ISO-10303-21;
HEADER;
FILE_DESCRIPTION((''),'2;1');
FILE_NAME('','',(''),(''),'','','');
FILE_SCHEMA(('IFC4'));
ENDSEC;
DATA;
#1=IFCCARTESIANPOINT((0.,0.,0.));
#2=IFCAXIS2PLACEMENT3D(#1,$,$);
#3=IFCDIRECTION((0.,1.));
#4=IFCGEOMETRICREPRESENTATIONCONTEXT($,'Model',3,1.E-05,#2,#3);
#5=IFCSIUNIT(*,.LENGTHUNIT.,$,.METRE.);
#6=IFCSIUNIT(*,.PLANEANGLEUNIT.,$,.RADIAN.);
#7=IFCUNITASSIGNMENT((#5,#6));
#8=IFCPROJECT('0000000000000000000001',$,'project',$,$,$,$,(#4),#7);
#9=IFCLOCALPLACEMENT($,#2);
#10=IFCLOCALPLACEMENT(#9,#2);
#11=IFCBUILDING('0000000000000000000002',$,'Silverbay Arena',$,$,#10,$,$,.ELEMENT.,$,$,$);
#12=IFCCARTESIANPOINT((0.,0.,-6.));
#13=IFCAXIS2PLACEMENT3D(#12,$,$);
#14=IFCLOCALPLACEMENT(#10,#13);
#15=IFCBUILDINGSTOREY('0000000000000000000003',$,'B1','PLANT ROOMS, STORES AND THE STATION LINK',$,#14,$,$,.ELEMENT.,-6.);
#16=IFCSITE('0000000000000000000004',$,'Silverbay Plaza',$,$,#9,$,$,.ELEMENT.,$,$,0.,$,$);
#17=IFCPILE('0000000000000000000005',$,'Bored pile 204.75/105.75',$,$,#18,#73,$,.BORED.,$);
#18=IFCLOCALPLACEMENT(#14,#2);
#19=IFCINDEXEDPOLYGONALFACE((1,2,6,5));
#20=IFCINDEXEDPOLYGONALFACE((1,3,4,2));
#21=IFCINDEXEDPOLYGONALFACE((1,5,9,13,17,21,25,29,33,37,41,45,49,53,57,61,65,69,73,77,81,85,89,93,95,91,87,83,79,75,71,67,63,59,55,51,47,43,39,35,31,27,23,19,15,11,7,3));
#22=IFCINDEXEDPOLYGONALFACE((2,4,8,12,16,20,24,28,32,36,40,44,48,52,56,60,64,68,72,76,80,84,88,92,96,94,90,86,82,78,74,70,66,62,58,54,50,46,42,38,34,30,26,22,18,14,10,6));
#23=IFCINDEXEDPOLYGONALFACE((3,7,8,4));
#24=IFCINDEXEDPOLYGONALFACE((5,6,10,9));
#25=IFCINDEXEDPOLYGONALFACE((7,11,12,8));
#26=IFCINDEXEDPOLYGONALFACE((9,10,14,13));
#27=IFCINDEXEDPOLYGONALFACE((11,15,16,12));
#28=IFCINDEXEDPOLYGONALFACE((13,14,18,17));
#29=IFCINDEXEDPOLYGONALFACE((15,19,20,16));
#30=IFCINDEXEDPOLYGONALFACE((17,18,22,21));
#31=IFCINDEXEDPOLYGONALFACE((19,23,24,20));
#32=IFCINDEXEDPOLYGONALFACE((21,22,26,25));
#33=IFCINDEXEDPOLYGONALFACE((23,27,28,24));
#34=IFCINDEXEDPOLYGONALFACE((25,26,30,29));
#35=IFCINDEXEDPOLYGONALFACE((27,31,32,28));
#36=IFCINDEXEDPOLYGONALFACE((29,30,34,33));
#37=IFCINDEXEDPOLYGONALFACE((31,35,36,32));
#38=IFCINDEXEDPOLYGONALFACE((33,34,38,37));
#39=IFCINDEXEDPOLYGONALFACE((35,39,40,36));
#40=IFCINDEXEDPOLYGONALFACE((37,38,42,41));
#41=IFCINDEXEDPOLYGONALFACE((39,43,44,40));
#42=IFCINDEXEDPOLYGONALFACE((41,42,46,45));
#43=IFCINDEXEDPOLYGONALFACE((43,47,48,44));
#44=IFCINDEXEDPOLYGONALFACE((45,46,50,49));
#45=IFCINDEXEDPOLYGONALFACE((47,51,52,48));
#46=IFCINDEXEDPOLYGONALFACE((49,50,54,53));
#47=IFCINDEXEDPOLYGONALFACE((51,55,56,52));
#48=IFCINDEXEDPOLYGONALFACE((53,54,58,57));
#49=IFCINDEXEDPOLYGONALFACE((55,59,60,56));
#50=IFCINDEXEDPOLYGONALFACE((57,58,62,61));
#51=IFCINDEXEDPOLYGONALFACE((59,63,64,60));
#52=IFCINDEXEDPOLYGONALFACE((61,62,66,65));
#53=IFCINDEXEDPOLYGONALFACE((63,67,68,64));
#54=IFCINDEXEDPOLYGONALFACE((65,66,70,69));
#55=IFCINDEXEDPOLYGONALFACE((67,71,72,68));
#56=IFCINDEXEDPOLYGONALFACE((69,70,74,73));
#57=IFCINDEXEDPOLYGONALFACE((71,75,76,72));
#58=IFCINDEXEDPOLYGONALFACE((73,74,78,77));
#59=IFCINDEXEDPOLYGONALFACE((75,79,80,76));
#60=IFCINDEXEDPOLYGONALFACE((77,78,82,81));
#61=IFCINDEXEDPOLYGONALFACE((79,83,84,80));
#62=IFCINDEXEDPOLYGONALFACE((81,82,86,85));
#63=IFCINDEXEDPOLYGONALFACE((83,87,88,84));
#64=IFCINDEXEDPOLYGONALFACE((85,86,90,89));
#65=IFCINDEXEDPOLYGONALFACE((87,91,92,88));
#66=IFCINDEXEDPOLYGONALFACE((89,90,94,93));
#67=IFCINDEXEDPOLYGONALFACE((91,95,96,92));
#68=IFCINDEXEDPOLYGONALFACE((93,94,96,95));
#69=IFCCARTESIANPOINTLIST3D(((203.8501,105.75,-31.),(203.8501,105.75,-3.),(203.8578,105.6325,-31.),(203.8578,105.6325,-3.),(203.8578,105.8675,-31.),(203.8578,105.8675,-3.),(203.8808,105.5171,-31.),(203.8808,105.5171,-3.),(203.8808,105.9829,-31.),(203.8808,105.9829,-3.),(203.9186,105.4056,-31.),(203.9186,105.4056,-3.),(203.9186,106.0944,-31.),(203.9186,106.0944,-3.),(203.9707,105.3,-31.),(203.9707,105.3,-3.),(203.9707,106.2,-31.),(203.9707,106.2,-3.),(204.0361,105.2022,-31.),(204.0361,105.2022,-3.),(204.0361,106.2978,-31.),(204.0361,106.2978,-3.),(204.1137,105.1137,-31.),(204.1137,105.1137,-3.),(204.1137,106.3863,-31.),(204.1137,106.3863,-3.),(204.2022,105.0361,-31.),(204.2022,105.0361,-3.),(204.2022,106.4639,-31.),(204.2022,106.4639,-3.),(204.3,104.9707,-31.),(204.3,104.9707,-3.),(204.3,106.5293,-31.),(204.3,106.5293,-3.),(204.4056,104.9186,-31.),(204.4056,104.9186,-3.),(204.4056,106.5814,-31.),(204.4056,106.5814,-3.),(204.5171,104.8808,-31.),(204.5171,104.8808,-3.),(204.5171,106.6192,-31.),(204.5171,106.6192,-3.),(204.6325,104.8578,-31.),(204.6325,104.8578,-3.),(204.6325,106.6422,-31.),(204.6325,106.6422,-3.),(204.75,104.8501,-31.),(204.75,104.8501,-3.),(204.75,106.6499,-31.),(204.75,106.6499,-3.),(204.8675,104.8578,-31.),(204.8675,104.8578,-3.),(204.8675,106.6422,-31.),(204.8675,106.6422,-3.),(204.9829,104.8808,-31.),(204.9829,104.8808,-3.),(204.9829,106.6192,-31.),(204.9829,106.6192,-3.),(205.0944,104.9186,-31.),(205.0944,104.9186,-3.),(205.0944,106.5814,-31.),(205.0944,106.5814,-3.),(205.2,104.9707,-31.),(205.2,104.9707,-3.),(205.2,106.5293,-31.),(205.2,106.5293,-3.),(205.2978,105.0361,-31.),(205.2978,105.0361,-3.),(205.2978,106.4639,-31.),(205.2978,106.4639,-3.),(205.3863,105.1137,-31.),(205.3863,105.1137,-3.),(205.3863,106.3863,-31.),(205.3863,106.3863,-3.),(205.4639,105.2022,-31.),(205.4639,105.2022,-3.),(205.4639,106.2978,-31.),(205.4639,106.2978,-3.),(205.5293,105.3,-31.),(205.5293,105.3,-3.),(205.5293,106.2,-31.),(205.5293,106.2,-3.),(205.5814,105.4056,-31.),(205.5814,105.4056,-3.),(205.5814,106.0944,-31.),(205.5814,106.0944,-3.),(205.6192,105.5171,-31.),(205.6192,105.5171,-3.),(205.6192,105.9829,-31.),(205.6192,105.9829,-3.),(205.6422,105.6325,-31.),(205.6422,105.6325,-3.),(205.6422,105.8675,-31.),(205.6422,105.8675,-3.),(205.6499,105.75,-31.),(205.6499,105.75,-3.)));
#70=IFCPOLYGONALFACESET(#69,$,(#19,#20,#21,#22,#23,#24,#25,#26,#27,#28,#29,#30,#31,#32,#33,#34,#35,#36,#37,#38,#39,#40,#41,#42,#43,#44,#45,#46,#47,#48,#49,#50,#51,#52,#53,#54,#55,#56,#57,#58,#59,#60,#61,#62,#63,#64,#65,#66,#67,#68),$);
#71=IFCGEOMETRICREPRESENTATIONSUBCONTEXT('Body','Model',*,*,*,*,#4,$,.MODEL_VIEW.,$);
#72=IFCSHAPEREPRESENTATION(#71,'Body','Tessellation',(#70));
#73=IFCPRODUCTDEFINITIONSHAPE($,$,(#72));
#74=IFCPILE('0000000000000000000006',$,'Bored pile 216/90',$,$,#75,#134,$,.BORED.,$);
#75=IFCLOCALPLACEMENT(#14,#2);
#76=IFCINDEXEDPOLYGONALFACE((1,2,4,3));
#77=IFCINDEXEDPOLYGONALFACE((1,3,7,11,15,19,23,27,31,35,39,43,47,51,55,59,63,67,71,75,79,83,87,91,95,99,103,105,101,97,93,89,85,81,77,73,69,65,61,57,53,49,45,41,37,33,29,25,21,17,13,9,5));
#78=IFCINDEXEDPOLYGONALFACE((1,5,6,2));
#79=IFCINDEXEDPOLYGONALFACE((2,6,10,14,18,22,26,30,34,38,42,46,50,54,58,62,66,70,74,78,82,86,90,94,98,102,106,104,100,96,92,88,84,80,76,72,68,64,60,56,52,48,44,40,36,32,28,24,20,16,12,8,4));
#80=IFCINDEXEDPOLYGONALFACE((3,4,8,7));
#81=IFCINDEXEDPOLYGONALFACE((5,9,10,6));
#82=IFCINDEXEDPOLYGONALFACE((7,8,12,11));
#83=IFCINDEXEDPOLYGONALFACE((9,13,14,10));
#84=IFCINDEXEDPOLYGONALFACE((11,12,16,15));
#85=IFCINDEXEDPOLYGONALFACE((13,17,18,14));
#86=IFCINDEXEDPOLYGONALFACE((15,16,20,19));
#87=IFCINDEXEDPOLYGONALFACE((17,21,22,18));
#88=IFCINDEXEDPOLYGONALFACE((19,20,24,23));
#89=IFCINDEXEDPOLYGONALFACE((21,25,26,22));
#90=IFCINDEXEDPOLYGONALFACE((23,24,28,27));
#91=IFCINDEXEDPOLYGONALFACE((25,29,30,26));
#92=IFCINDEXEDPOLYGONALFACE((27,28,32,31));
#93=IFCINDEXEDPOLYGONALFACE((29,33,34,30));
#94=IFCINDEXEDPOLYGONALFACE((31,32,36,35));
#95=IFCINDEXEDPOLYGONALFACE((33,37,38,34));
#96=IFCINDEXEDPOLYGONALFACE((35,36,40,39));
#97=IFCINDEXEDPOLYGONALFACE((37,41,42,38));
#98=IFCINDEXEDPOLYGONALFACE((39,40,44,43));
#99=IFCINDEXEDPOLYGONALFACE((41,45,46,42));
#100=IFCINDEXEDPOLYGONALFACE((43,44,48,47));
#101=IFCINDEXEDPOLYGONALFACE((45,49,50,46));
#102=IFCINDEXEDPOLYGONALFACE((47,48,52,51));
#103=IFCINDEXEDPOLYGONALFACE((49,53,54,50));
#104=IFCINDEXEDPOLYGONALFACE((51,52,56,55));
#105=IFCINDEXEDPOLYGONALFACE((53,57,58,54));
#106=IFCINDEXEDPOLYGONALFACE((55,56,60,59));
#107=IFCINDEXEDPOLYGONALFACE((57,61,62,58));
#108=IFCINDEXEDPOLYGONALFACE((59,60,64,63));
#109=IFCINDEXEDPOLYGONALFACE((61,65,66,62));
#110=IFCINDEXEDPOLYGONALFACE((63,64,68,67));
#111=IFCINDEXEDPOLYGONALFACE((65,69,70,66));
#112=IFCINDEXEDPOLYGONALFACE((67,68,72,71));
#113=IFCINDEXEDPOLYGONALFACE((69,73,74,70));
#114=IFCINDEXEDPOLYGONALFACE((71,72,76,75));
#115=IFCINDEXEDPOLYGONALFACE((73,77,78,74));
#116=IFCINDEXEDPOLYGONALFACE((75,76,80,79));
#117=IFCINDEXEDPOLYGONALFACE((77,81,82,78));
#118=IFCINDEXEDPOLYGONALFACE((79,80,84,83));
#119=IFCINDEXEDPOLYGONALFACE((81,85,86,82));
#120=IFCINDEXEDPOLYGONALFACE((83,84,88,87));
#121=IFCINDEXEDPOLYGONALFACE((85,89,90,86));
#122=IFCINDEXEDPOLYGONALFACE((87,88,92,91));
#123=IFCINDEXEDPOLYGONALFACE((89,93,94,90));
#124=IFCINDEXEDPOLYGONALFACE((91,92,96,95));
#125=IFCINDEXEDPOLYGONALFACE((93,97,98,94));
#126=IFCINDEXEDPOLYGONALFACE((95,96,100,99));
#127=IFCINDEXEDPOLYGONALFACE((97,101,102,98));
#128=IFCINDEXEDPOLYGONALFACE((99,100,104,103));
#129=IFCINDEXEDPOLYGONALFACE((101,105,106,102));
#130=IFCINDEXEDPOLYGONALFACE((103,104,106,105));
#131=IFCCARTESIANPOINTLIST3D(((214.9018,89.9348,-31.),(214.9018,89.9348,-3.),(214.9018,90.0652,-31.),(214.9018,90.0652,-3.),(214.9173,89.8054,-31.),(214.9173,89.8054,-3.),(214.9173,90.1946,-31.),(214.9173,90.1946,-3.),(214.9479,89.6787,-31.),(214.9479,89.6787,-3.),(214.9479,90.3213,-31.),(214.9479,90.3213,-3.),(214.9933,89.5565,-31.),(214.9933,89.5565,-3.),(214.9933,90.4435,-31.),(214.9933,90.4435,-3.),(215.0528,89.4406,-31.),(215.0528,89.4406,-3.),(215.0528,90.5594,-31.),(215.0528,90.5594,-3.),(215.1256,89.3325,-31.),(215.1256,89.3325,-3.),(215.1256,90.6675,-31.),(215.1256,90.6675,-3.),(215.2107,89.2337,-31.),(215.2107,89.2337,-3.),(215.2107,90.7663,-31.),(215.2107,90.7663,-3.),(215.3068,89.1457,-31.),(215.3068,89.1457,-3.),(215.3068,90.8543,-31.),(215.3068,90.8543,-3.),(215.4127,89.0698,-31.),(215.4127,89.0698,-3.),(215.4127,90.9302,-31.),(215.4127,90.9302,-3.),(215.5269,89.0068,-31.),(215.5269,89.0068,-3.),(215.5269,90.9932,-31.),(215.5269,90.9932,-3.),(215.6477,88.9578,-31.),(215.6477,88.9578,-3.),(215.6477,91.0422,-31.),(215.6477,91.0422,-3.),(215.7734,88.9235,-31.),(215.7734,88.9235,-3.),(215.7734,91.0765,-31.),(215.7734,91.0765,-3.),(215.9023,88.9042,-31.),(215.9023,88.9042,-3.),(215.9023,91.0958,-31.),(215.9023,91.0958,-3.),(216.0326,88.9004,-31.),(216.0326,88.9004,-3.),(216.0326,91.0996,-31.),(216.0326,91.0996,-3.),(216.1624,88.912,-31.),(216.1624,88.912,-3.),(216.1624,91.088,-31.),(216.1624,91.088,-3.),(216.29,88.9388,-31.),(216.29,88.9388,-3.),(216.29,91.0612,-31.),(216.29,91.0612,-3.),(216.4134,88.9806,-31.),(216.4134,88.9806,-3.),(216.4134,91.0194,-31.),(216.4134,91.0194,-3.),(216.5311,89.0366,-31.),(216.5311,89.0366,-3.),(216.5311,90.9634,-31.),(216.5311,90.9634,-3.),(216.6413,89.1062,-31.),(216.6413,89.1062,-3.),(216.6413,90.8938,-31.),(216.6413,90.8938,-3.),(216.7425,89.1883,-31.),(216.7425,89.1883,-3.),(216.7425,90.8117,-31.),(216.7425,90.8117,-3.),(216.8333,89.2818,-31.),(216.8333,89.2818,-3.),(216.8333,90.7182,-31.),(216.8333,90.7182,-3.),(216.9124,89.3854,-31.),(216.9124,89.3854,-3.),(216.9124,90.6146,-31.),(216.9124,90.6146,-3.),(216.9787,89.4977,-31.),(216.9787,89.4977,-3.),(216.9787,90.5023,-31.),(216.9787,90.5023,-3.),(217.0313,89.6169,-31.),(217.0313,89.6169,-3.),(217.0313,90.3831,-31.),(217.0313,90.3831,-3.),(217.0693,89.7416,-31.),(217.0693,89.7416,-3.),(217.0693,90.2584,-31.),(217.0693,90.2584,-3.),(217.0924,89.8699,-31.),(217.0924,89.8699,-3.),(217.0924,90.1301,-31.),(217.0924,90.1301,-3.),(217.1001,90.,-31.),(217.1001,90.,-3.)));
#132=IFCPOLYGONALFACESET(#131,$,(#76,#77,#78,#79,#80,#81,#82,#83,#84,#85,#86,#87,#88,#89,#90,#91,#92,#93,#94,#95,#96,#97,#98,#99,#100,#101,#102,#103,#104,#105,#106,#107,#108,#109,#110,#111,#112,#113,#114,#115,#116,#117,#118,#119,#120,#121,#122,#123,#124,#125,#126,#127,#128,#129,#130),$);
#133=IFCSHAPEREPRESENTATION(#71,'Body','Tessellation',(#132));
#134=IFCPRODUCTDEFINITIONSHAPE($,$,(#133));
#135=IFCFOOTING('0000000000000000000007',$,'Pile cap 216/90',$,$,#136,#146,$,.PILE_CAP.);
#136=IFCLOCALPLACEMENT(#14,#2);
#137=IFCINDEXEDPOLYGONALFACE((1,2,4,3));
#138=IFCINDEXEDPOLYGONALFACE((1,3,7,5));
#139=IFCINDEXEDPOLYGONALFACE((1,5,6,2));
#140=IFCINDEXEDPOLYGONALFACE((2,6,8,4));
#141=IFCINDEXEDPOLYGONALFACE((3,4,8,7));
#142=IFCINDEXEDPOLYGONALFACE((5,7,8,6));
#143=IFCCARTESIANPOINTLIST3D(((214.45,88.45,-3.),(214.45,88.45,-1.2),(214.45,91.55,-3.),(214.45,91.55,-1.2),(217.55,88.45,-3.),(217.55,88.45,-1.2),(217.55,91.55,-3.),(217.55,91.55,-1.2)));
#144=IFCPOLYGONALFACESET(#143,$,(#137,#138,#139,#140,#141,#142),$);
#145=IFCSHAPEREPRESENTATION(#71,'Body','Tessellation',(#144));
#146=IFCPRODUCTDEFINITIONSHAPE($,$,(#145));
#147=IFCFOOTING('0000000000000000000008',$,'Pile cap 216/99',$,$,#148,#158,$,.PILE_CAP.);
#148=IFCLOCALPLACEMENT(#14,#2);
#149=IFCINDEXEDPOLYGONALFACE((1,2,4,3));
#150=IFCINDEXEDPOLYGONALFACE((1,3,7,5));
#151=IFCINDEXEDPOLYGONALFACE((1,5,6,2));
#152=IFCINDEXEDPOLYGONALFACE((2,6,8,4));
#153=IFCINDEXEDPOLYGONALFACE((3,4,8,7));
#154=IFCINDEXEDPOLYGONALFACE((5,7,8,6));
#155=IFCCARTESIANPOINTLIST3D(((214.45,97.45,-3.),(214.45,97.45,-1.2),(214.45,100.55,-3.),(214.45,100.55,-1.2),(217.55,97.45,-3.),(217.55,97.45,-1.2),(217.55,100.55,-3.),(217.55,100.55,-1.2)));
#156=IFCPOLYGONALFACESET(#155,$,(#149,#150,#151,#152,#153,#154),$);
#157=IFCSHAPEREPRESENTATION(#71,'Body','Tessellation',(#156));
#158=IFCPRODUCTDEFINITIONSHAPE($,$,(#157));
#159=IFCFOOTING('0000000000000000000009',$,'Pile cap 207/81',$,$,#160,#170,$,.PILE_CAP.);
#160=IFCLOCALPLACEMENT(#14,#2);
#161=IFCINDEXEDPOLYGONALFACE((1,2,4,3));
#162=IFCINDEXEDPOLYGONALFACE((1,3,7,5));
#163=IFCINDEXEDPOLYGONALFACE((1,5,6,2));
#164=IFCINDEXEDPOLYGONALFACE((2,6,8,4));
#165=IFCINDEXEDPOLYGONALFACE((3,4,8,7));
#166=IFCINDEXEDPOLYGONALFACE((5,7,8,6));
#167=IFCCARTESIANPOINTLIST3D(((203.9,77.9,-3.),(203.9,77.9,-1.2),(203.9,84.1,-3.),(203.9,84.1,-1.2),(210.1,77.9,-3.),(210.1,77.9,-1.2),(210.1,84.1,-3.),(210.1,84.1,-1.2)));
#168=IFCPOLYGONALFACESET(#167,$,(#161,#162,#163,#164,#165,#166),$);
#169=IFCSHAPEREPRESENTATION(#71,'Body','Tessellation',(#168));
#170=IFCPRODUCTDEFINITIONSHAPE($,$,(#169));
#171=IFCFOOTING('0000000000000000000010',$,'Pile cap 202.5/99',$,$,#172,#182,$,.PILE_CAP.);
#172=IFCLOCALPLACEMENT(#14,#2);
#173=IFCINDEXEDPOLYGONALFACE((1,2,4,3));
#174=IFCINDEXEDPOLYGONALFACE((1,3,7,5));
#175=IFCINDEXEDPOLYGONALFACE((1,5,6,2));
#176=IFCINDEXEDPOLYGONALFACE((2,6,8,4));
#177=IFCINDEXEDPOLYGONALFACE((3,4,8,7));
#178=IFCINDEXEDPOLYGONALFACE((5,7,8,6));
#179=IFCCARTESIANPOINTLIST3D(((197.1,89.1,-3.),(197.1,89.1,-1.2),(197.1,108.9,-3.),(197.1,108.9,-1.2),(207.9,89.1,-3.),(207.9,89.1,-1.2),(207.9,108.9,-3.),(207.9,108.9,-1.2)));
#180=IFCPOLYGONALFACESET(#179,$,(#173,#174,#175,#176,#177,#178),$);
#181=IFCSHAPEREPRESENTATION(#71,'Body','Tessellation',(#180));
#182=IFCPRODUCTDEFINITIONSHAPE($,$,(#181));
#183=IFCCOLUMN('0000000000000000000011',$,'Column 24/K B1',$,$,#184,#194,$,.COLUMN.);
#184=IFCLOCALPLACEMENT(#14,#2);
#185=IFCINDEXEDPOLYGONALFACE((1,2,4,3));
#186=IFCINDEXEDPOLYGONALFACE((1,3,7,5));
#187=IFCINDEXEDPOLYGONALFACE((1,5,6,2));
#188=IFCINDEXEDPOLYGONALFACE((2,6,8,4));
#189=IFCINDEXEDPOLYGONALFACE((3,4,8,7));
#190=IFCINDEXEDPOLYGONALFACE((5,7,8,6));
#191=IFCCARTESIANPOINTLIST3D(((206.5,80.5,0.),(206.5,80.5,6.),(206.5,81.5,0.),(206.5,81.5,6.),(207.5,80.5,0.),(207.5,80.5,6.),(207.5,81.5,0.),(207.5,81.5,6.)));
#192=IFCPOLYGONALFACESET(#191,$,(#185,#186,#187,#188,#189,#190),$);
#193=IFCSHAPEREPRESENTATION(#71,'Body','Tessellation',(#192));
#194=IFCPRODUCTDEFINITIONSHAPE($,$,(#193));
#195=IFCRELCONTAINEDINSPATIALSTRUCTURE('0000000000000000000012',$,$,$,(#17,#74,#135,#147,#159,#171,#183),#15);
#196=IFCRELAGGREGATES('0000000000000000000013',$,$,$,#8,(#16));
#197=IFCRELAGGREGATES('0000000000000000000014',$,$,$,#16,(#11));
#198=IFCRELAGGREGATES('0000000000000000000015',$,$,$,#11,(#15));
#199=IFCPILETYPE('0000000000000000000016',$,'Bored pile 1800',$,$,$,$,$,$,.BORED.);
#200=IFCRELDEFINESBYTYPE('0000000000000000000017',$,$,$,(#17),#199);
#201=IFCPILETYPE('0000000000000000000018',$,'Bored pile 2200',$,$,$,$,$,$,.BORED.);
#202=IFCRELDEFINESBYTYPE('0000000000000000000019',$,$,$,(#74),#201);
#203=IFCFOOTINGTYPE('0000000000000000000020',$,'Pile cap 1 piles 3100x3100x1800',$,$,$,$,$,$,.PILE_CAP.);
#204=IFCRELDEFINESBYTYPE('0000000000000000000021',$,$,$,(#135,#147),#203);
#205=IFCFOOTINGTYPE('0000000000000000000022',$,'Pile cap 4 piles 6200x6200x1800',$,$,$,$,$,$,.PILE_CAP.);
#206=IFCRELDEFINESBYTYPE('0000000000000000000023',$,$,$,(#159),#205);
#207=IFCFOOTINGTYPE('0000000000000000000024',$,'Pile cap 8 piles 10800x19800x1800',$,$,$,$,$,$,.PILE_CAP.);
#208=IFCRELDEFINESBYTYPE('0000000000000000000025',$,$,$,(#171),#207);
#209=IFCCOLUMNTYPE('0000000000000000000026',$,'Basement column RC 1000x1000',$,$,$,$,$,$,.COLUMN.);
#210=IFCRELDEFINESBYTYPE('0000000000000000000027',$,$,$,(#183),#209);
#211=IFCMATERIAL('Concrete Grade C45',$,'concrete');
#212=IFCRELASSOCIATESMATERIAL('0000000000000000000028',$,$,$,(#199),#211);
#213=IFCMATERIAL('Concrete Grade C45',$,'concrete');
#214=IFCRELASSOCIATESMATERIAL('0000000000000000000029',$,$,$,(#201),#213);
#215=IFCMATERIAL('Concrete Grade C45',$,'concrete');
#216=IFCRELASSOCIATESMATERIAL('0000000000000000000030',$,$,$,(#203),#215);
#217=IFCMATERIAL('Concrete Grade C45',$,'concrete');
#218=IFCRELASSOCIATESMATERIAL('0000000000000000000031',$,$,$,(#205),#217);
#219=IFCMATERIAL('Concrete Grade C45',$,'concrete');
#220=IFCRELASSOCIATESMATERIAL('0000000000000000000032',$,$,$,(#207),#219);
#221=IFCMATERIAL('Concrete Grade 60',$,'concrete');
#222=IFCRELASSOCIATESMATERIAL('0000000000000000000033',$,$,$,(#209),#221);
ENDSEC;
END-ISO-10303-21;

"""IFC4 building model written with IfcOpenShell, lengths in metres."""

from ifc_helpers import new_model, si_unit, direction, frame, origin, origin_2d, place, context, subcontext, project, spatial, rectangle, circle, extrude, material, material_profile, profile_set, type_object, element, save


model = new_model("IFC4")

# Units and contexts
model_context = context("Model", 3, precision=1e-05, world=origin(), true_north=direction((0.0, 1.0)))
body_context = subcontext(model_context, "Body", "Model", "MODEL_VIEW")
ifc_project = project(units=[si_unit("LENGTHUNIT", "METRE"), si_unit("PLANEANGLEUNIT", "RADIAN")], contexts=[model_context])

# Site, building, storey
site_placement = place(None, origin())
site = spatial("IfcSite", under=ifc_project, at=site_placement, Name="Silverbay Plaza", CompositionType="ELEMENT", RefElevation=0.0)
building_placement = place(site_placement, origin())
building = spatial("IfcBuilding", under=site, at=building_placement, Name="Silverbay Arena", CompositionType="ELEMENT")
storey_placement = place(building_placement, frame((0.0, 0.0, -6.0)))
storey = spatial("IfcBuildingStorey", under=building, at=storey_placement, Name="B1", Description="PLANT ROOMS, STORES AND THE STATION LINK", CompositionType="ELEMENT", Elevation=-6.0)

# Piles
ifc_material_1 = material(Name="Concrete Grade C45", Category="concrete")
ifc_material_profile_1 = material_profile(ifc_material_1, circle(Radius=0.8999, at=origin_2d()), Name="Bored pile 1800")
ifc_profile_set_1 = profile_set([ifc_material_profile_1], Name="Concrete Grade C45")
pile_type_1 = type_object("IfcPileType", Name="Bored pile 1800", PredefinedType="BORED", material=ifc_profile_set_1)
for number, where, z_axis, x_axis, name in (
    (1, (204.75, 105.75, -3.0), (0.0, 0.0, -1.0), (1.0, 0.0, 0.0), "Bored pile 204.75/105.75"),
):
    element("IfcPile", number, at=place(storey_placement, frame(where, z_axis=z_axis, x_axis=x_axis)), inside=storey, type_object=pile_type_1, Name=name, PredefinedType="BORED", context=body_context, shape_type="SweptSolid", body=[
        extrude(circle(Radius=0.8999, at=origin_2d()), origin(), (0.0, 0.0, 1.0), 28.0),
    ])
ifc_material_2 = material(Name="Concrete Grade C45", Category="concrete")
ifc_material_profile_2 = material_profile(ifc_material_2, circle(Radius=1.1001, at=origin_2d()), Name="Bored pile 2200")
ifc_profile_set_2 = profile_set([ifc_material_profile_2], Name="Concrete Grade C45")
pile_type_2 = type_object("IfcPileType", Name="Bored pile 2200", PredefinedType="BORED", material=ifc_profile_set_2)
pile_placement = place(storey_placement, frame((216.0, 90.0, -3.0), z_axis=(0.0, 0.0, -1.0), x_axis=(1.0, 0.0, 0.0)))
element("IfcPile", 2, at=pile_placement, inside=storey, type_object=pile_type_2, Name="Bored pile 216/90", PredefinedType="BORED", context=body_context, shape_type="SweptSolid", body=[
    extrude(circle(Radius=1.1001, at=origin_2d()), origin(), (0.0, 0.0, 1.0), 28.0),
])

# Footings
ifc_material_3 = material(Name="Concrete Grade C45", Category="concrete")
footing_type_1 = type_object("IfcFootingType", Name="Pile cap 1 piles 3100x3100x1800", PredefinedType="PILE_CAP", material=ifc_material_3)
for number, where, z_axis, x_axis, name in (
    (3, (216.0, 90.0, -3.0), (0.0, 0.0, 1.0), (1.0, 0.0, 0.0), "Pile cap 216/90"),
    (4, (216.0, 99.0, -3.0), (0.0, 0.0, 1.0), (1.0, 0.0, 0.0), "Pile cap 216/99"),
):
    element("IfcFooting", number, at=place(storey_placement, frame(where, z_axis=z_axis, x_axis=x_axis)), inside=storey, type_object=footing_type_1, Name=name, PredefinedType="PILE_CAP", context=body_context, shape_type="SweptSolid", body=[
        extrude(rectangle(XDim=3.1001, YDim=3.1001, at=origin_2d()), origin(), (0.0, 0.0, 1.0), 1.8),
    ])
ifc_material_4 = material(Name="Concrete Grade C45", Category="concrete")
footing_type_2 = type_object("IfcFootingType", Name="Pile cap 4 piles 6200x6200x1800", PredefinedType="PILE_CAP", material=ifc_material_4)
footing_1_placement = place(storey_placement, frame((207.0, 81.0, -3.0), z_axis=(0.0, 0.0, 1.0), x_axis=(1.0, 0.0, 0.0)))
element("IfcFooting", 5, at=footing_1_placement, inside=storey, type_object=footing_type_2, Name="Pile cap 207/81", PredefinedType="PILE_CAP", context=body_context, shape_type="SweptSolid", body=[
    extrude(rectangle(XDim=6.2, YDim=6.2, at=origin_2d()), origin(), (0.0, 0.0, 1.0), 1.8),
])
ifc_material_5 = material(Name="Concrete Grade C45", Category="concrete")
footing_type_3 = type_object("IfcFootingType", Name="Pile cap 8 piles 10800x19800x1800", PredefinedType="PILE_CAP", material=ifc_material_5)
footing_2_placement = place(storey_placement, frame((202.5, 99.0, -3.0), z_axis=(0.0, 0.0, 1.0), x_axis=(1.0, 0.0, 0.0)))
element("IfcFooting", 6, at=footing_2_placement, inside=storey, type_object=footing_type_3, Name="Pile cap 202.5/99", PredefinedType="PILE_CAP", context=body_context, shape_type="SweptSolid", body=[
    extrude(rectangle(XDim=10.8, YDim=19.8, at=origin_2d()), origin(), (0.0, 0.0, 1.0), 1.8),
])

# Column
ifc_material_6 = material(Name="Concrete Grade 60", Category="concrete")
ifc_material_profile_3 = material_profile(ifc_material_6, rectangle(XDim=1.0, YDim=1.0, at=origin_2d()), Name="RC 1000x1000")
ifc_profile_set_3 = profile_set([ifc_material_profile_3], Name="Concrete Grade 60")
column_type_1 = type_object("IfcColumnType", Name="Basement column RC 1000x1000", PredefinedType="COLUMN", material=ifc_profile_set_3)
column_placement = place(storey_placement, frame((207.0, 81.0, 0.0), z_axis=(0.0, 0.0, 1.0), x_axis=(1.0, 0.0, 0.0)))
element("IfcColumn", 7, at=column_placement, inside=storey, type_object=column_type_1, Name="Column 24/K B1", PredefinedType="COLUMN", context=body_context, shape_type="SweptSolid", body=[
    extrude(rectangle(XDim=1.0, YDim=1.0, at=origin_2d()), origin(), (0.0, 0.0, 1.0), 6.0),
])

save(model, "model.ifc")
